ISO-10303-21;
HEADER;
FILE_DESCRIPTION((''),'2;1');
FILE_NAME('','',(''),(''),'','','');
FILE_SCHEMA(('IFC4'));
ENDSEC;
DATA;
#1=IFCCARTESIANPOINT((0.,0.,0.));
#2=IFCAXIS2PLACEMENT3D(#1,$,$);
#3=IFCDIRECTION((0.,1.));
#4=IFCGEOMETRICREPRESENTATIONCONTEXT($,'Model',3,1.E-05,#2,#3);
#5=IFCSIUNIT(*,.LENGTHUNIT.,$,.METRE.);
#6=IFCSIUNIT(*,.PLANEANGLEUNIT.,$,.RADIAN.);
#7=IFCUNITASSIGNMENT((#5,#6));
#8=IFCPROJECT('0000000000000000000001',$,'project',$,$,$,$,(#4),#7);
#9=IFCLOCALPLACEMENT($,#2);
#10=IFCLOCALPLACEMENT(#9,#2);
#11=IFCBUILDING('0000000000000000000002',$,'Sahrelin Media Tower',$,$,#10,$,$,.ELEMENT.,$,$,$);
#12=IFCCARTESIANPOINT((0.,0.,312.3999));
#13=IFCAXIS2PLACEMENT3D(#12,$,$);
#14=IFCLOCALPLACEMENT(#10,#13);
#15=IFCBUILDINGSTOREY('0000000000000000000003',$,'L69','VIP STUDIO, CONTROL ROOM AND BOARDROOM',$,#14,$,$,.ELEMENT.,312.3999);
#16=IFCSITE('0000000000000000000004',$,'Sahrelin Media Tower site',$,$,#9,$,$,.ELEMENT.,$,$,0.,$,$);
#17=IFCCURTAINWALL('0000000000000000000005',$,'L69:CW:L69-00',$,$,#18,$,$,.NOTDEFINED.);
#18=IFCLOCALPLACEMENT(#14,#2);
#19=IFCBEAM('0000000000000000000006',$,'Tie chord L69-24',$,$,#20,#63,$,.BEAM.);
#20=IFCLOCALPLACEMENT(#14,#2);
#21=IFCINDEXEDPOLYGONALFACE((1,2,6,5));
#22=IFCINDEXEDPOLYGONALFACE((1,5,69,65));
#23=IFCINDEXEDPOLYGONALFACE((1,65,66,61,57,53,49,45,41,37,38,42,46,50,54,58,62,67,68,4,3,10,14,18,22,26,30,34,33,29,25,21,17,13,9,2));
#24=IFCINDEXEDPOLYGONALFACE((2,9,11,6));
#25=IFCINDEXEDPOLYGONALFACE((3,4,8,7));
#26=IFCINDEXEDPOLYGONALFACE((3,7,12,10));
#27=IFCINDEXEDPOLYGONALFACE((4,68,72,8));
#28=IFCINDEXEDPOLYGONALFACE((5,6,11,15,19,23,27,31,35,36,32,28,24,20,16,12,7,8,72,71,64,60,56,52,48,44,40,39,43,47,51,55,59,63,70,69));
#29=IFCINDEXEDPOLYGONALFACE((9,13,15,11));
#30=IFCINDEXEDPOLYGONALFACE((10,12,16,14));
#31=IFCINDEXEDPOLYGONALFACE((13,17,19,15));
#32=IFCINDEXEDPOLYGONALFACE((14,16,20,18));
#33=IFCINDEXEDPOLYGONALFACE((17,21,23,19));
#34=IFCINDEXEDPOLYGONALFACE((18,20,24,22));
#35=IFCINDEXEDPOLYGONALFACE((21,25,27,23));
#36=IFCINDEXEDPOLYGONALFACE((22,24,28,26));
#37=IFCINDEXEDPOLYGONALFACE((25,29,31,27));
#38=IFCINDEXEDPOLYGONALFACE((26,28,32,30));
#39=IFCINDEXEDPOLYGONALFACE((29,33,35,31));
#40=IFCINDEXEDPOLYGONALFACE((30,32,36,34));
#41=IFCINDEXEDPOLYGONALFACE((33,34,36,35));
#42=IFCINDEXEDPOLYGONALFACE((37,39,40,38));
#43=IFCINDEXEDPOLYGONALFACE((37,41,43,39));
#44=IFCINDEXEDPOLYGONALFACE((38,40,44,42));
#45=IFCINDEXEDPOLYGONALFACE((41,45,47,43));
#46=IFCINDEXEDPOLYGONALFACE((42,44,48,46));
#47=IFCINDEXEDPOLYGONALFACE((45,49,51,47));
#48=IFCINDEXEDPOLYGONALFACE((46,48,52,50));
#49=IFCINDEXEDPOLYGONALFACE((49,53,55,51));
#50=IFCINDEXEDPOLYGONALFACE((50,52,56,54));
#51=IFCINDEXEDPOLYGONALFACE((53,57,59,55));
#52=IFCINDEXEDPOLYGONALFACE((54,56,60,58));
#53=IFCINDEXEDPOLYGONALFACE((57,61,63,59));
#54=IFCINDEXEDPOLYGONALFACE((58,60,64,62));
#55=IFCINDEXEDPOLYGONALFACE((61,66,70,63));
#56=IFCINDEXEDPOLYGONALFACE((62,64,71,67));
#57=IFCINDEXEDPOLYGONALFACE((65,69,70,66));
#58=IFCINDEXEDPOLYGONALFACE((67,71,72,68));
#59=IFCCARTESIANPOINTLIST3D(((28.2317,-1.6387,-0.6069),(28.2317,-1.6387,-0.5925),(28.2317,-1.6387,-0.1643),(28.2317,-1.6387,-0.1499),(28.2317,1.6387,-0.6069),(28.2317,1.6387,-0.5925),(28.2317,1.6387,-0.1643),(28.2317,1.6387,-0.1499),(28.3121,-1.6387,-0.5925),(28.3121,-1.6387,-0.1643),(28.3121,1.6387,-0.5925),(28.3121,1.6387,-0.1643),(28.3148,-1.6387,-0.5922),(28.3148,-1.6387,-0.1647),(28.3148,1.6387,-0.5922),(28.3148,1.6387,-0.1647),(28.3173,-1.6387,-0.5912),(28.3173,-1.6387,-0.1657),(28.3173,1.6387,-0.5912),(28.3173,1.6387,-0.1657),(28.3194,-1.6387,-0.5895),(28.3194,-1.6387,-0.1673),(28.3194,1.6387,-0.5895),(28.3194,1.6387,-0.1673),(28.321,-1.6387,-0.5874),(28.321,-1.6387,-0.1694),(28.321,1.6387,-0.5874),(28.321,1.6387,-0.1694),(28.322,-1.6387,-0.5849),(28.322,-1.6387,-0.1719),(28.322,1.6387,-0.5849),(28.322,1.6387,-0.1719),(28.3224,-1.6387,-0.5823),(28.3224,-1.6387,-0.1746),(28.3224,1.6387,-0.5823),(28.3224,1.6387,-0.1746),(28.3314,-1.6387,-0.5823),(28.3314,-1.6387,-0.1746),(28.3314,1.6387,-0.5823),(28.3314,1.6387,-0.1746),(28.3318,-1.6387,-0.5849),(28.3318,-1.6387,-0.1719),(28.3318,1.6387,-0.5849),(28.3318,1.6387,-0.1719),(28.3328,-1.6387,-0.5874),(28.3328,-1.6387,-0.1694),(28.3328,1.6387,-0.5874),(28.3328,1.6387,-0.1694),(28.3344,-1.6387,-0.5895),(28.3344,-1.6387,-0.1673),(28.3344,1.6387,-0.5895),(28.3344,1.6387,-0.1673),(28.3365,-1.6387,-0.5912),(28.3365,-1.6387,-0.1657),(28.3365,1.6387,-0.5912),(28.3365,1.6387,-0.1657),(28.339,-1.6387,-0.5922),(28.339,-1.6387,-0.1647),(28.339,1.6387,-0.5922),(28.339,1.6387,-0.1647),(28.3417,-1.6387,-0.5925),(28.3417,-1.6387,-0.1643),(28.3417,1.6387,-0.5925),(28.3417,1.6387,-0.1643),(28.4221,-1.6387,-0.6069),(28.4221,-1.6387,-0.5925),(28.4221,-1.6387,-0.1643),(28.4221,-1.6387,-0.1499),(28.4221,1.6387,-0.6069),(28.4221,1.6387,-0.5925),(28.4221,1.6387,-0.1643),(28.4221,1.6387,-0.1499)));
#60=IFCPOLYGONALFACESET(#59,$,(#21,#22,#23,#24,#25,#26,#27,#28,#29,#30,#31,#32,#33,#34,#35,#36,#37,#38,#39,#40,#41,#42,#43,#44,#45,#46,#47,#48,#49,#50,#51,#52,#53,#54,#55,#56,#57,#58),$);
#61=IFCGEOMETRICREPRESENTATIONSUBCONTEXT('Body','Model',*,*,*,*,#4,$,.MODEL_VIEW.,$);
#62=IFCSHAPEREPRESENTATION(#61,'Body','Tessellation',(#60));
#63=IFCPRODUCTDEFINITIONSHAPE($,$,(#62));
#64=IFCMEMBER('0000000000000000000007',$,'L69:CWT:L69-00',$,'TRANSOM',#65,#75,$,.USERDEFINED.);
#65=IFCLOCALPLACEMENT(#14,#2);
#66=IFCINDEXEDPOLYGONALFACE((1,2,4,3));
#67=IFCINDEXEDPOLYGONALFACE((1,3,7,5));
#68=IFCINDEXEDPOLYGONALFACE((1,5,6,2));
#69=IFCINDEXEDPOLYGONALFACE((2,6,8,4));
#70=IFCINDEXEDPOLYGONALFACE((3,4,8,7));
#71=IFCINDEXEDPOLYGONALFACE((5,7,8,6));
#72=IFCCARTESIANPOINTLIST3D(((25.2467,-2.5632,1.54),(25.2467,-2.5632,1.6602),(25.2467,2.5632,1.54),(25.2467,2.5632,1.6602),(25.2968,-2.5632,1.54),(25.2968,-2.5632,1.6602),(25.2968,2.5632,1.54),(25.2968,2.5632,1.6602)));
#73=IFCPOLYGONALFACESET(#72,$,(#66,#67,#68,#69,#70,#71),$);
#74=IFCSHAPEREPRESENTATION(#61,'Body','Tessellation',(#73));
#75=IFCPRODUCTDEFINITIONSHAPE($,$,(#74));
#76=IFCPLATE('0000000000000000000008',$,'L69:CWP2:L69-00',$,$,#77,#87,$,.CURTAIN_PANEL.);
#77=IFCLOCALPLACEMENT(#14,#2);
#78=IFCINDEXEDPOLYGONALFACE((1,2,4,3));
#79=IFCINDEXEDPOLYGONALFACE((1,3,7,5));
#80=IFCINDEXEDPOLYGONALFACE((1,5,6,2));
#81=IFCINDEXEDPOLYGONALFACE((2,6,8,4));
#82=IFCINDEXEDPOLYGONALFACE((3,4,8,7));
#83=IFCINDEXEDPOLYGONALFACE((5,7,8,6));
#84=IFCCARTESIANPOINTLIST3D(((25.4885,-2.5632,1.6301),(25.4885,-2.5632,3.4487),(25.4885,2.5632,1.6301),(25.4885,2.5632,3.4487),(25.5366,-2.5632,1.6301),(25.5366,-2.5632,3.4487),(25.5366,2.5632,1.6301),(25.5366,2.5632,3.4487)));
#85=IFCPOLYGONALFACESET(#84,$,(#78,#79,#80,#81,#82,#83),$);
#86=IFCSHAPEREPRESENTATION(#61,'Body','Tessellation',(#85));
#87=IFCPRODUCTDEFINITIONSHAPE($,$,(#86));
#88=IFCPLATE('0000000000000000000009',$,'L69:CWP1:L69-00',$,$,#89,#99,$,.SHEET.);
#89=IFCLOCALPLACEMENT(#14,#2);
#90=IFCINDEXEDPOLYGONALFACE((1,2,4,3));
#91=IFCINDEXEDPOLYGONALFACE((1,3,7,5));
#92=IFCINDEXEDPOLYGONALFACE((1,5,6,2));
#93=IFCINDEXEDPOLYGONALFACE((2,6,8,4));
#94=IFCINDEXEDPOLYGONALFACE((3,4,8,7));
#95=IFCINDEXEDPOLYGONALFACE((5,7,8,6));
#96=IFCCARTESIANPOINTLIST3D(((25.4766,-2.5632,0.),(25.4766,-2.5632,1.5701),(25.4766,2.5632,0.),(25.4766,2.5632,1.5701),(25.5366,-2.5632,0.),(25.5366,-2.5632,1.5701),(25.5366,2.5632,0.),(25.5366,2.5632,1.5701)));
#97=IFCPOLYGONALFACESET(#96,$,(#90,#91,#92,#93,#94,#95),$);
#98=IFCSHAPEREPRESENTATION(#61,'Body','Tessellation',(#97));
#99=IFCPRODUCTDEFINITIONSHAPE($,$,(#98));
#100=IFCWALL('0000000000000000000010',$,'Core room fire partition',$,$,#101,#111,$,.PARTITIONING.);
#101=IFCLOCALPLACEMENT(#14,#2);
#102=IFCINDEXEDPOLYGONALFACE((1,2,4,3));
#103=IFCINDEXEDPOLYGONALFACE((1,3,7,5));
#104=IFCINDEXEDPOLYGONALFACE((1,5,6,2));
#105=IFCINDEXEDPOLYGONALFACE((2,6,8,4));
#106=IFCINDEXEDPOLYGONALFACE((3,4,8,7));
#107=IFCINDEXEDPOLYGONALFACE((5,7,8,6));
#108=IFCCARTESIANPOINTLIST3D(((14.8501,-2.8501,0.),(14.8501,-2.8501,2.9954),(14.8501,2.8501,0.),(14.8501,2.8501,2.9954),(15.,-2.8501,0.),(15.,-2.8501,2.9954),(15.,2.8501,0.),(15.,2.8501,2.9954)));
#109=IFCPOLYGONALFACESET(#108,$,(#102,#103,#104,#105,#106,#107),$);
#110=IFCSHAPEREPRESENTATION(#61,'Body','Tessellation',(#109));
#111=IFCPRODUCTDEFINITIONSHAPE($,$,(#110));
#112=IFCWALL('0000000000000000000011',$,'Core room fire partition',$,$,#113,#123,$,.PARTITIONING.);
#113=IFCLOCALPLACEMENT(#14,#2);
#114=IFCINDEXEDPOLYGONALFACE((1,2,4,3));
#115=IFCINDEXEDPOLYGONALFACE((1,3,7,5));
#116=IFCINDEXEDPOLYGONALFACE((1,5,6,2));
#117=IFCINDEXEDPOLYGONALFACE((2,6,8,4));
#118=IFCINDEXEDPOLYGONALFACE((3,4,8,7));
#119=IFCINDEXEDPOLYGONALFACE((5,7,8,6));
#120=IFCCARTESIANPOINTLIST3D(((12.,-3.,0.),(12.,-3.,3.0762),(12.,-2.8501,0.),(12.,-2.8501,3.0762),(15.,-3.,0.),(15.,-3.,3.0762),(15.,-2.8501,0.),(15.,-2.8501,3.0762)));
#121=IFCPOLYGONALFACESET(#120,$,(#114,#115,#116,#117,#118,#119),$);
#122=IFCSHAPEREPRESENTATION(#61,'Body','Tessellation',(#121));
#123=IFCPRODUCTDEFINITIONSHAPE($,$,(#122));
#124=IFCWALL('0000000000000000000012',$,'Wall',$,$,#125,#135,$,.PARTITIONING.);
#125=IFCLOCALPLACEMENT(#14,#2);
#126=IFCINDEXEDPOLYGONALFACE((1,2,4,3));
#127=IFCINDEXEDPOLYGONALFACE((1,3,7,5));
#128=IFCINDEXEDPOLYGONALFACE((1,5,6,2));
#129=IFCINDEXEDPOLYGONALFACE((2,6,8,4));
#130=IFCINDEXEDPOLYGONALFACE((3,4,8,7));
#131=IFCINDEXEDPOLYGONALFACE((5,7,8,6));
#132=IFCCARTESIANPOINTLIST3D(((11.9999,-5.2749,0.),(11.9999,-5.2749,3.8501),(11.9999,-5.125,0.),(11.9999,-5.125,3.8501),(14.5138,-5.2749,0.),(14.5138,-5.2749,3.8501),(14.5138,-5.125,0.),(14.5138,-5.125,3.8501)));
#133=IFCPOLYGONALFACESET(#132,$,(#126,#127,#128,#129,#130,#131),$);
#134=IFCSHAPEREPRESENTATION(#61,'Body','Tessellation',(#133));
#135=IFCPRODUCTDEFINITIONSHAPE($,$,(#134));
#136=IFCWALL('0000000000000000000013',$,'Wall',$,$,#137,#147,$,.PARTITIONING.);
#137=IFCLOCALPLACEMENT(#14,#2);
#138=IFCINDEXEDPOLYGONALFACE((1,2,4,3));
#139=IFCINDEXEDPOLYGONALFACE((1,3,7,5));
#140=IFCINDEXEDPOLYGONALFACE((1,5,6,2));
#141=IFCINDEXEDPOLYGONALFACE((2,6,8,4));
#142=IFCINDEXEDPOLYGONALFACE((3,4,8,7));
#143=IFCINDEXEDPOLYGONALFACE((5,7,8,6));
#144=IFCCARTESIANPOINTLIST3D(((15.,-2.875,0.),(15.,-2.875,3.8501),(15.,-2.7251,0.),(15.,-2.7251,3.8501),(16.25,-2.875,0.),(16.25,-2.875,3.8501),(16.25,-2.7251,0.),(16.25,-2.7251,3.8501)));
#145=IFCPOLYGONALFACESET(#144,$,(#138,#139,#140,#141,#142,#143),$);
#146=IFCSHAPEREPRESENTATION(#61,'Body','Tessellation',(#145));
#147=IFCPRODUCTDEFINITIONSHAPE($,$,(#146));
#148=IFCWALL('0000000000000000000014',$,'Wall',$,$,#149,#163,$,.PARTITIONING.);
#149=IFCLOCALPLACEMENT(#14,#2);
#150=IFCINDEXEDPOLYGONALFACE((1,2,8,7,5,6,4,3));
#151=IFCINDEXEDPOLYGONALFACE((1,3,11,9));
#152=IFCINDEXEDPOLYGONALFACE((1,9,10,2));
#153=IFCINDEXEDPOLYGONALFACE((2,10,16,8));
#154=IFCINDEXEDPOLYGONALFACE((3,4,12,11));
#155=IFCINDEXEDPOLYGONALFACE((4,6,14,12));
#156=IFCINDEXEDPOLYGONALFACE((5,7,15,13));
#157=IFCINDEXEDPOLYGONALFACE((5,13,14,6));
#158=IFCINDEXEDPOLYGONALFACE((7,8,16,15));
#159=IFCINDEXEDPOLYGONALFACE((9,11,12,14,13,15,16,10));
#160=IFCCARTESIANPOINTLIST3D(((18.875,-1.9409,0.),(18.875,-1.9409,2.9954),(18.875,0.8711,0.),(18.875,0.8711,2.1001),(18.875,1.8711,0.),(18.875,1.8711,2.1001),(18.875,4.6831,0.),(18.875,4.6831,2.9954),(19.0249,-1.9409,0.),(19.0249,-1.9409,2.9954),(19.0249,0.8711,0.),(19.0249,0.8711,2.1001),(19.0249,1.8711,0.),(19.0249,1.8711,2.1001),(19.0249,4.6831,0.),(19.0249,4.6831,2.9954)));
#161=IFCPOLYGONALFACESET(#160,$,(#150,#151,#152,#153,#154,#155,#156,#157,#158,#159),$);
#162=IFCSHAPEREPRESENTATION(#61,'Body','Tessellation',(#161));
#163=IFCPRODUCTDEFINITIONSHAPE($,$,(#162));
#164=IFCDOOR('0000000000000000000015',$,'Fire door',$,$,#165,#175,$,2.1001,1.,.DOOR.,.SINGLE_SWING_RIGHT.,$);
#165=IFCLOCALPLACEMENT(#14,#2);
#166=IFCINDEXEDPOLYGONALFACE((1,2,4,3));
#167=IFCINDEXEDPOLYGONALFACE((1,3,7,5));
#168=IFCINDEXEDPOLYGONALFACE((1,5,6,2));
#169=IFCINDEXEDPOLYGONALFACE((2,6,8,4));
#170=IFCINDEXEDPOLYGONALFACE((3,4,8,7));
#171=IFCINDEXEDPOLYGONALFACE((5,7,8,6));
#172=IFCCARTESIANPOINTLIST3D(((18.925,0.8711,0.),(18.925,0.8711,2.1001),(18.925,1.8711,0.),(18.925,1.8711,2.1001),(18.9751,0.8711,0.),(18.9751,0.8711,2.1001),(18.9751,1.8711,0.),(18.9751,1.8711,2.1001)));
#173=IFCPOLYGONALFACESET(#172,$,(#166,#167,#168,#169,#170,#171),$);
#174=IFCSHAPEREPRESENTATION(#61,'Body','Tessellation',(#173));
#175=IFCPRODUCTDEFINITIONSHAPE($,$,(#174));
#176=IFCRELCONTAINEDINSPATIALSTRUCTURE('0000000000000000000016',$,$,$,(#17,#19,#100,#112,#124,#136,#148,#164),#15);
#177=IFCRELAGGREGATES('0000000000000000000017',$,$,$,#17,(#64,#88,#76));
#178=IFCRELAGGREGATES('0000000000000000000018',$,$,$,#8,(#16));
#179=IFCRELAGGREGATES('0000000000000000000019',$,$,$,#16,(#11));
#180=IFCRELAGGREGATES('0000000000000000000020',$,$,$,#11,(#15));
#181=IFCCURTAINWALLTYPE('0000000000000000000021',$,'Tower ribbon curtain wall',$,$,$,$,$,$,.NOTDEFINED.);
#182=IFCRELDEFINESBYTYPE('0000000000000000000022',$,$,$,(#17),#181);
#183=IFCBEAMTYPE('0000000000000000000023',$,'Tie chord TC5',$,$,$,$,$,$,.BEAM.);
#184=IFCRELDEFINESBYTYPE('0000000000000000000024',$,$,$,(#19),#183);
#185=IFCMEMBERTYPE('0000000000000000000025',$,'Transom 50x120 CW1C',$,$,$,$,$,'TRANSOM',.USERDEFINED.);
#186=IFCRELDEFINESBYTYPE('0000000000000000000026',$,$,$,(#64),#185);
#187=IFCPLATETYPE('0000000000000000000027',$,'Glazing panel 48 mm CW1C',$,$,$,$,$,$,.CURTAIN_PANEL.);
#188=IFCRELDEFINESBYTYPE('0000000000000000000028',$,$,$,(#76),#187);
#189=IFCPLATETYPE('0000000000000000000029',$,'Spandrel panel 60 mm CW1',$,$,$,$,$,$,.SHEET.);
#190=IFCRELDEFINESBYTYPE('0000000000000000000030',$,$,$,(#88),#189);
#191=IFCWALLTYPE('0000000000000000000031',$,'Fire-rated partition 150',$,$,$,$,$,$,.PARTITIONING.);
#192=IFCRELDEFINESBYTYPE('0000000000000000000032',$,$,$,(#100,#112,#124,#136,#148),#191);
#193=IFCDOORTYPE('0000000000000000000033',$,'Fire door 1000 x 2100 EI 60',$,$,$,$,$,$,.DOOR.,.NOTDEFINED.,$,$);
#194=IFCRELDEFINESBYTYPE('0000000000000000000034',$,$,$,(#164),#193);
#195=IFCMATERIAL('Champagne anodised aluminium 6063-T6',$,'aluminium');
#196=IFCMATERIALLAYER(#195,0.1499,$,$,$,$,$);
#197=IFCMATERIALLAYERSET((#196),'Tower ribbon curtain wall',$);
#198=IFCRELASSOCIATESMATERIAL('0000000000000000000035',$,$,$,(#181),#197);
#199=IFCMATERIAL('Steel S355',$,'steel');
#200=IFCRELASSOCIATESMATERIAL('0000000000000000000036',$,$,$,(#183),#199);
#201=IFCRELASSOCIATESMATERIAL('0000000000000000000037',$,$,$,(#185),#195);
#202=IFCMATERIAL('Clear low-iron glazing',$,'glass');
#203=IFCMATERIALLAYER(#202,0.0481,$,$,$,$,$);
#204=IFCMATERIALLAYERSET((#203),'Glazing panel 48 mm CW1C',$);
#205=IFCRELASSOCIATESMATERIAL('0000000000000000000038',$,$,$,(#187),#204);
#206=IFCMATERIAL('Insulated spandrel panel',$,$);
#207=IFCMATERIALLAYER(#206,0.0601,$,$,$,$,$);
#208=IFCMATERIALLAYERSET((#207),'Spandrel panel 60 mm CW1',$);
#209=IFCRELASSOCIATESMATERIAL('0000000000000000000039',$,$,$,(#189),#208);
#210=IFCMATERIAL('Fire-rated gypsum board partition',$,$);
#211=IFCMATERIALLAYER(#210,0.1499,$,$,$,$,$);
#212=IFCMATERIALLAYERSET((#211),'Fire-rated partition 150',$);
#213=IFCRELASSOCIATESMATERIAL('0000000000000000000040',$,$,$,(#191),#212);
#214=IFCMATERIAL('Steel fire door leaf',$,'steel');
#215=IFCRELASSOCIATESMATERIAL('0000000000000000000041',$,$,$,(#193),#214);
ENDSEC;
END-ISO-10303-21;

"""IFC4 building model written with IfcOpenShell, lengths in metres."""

from ifc_helpers import new_model, si_unit, direction, frame, frame_2d, origin, origin_2d, place, context, subcontext, project, spatial, polyline, rectangle, i_section, outline, extrude, material, layer, layer_set, material_profile, profile_set, type_object, element, fill, aggregate, save


model = new_model("IFC4")

# Units and contexts
model_context = context("Model", 3, precision=1e-05, world=origin(), true_north=direction((0.0, 1.0)))
body_context = subcontext(model_context, "Body", "Model", "MODEL_VIEW")
ifc_project = project(units=[si_unit("LENGTHUNIT", "METRE"), si_unit("PLANEANGLEUNIT", "RADIAN")], contexts=[model_context])

# Site, building, storey
site_placement = place(None, origin())
site = spatial("IfcSite", under=ifc_project, at=site_placement, Name="Sahrelin Media Tower site", CompositionType="ELEMENT", RefElevation=0.0)
building_placement = place(site_placement, origin())
building = spatial("IfcBuilding", under=site, at=building_placement, Name="Sahrelin Media Tower", CompositionType="ELEMENT")
storey_placement = place(building_placement, frame((0.0, 0.0, 312.3999)))
storey = spatial("IfcBuildingStorey", under=building, at=storey_placement, Name="L69", Description="VIP STUDIO, CONTROL ROOM AND BOARDROOM", CompositionType="ELEMENT", Elevation=312.3999)

# Curtain wall
ifc_material_1 = material(Name="Champagne anodised aluminium 6063-T6", Category="aluminium")
ifc_layer_1 = layer(ifc_material_1, 0.1499)
ifc_layer_set_1 = layer_set([ifc_layer_1], Name="Tower ribbon curtain wall")
curtain_wall_type = type_object("IfcCurtainWallType", Name="Tower ribbon curtain wall", PredefinedType="NOTDEFINED", material=ifc_layer_set_1)
curtain_wall_placement = place(storey_placement, frame((25.5166, 0.0, 0.0), z_axis=(0.0, 0.0, 1.0), x_axis=(1.0, 0.0, 0.0)))
curtain_wall = element("IfcCurtainWall", 1, at=curtain_wall_placement, inside=storey, type_object=curtain_wall_type, Name="L69:CW:L69-00", PredefinedType="NOTDEFINED")

# Beam
ifc_material_2 = material(Name="Steel S355", Category="steel")
ifc_material_profile_1 = material_profile(ifc_material_2, i_section(OverallWidth=0.1904, OverallDepth=0.457, WebThickness=0.009, FlangeThickness=0.0144, FilletRadius=0.0103, at=origin_2d()), Name="UB 457x191x74")
ifc_profile_set_1 = profile_set([ifc_material_profile_1], Name="Steel S355")
beam_type_1 = type_object("IfcBeamType", Name="Tie chord TC5", PredefinedType="BEAM", material=ifc_profile_set_1)
beam_1_placement = place(storey_placement, frame((28.3269, -1.6387, -0.3784), z_axis=(0.0, 1.0, 0.0), x_axis=(-1.0, 0.0, 0.0)))
element("IfcBeam", 2, at=beam_1_placement, inside=storey, type_object=beam_type_1, Name="Tie chord L69-24", PredefinedType="BEAM", context=body_context, shape_type="SweptSolid", body=[
    extrude(i_section(OverallWidth=0.1904, OverallDepth=0.457, WebThickness=0.009, FlangeThickness=0.0144, FilletRadius=0.0103, at=origin_2d()), origin(), (0.0, 0.0, 1.0), 3.2773),
])

# Member
ifc_material_profile_2 = material_profile(ifc_material_1, rectangle(XDim=0.05, YDim=0.1201, at=origin_2d()), Name="Transom 50x120")
ifc_profile_set_2 = profile_set([ifc_material_profile_2], Name="Champagne anodised aluminium 6063-T6")
member_type_1 = type_object("IfcMemberType", Name="Transom 50x120 CW1C", ElementType="TRANSOM", PredefinedType="USERDEFINED", material=ifc_profile_set_2)
member_1_placement = place(storey_placement, frame((25.2717, -2.5632, 1.6001), z_axis=(0.0, 1.0, 0.0), x_axis=(-1.0, 0.0, 0.0)))
member_1 = element("IfcMember", 3, at=member_1_placement, type_object=member_type_1, Name="L69:CWT:L69-00", ObjectType="TRANSOM", PredefinedType="USERDEFINED", context=body_context, shape_type="SweptSolid", body=[
    extrude(rectangle(XDim=0.05, YDim=0.1201, at=origin_2d()), origin(), (0.0, 0.0, 1.0), 5.1265),
])

# Plates
ifc_material_3 = material(Name="Clear low-iron glazing", Category="glass")
ifc_layer_2 = layer(ifc_material_3, 0.0481)
ifc_layer_set_2 = layer_set([ifc_layer_2], Name="Glazing panel 48 mm CW1C")
plate_type_1 = type_object("IfcPlateType", Name="Glazing panel 48 mm CW1C", PredefinedType="CURTAIN_PANEL", material=ifc_layer_set_2)
plate_1_placement = place(storey_placement, frame((25.5366, -2.5632, 1.6301), z_axis=(1.0, 0.0, 0.0), x_axis=(0.0, 1.0, 0.0)))
plate_1 = element("IfcPlate", 4, at=plate_1_placement, type_object=plate_type_1, Name="L69:CWP2:L69-00", PredefinedType="CURTAIN_PANEL", context=body_context, shape_type="SweptSolid", body=[
    extrude(outline(polyline([(0.0, 0.0), (5.1265, 0.0), (5.1265, 1.8186), (0.0, 1.8186), (0.0, 0.0)])), origin(), (0.0, 0.0, -1.0), 0.0481),
])
ifc_material_4 = material(Name="Insulated spandrel panel")
ifc_layer_3 = layer(ifc_material_4, 0.0601)
ifc_layer_set_3 = layer_set([ifc_layer_3], Name="Spandrel panel 60 mm CW1")
plate_type_2 = type_object("IfcPlateType", Name="Spandrel panel 60 mm CW1", PredefinedType="SHEET", material=ifc_layer_set_3)
plate_2_placement = place(storey_placement, frame((25.5366, -2.5632, 0.0), z_axis=(1.0, 0.0, 0.0), x_axis=(0.0, 1.0, 0.0)))
plate_2 = element("IfcPlate", 5, at=plate_2_placement, type_object=plate_type_2, Name="L69:CWP1:L69-00", PredefinedType="SHEET", context=body_context, shape_type="SweptSolid", body=[
    extrude(outline(polyline([(0.0, 0.0), (5.1265, 0.0), (5.1265, 1.5701), (0.0, 1.5701), (0.0, 0.0)])), origin(), (0.0, 0.0, -1.0), 0.0601),
])
aggregate(curtain_wall, [member_1, plate_2, plate_1])

# Walls
ifc_material_5 = material(Name="Fire-rated gypsum board partition")
ifc_layer_4 = layer(ifc_material_5, 0.1499)
ifc_layer_set_4 = layer_set([ifc_layer_4], Name="Fire-rated partition 150")
wall_type_1 = type_object("IfcWallType", Name="Fire-rated partition 150", PredefinedType="PARTITIONING", material=ifc_layer_set_4)
wall_1_placement = place(storey_placement, frame((14.925, -2.8501, 0.0), z_axis=(0.0, 0.0, 1.0), x_axis=(0.0, 1.0, 0.0)))
element("IfcWall", 6, at=wall_1_placement, inside=storey, type_object=wall_type_1, Name="Core room fire partition", PredefinedType="PARTITIONING", context=body_context, shape_type="SweptSolid", body=[
    extrude(rectangle(XDim=5.7002, YDim=0.1499, at=frame_2d((2.8501, 0.0))), origin(), (0.0, 0.0, 1.0), 2.9954),
])
wall_2_placement = place(storey_placement, frame((12.0, -2.925, 0.0), z_axis=(0.0, 0.0, 1.0), x_axis=(1.0, 0.0, 0.0)))
element("IfcWall", 7, at=wall_2_placement, inside=storey, type_object=wall_type_1, Name="Core room fire partition", PredefinedType="PARTITIONING", context=body_context, shape_type="SweptSolid", body=[
    extrude(rectangle(XDim=3.0, YDim=0.1499, at=frame_2d((1.5, 0.0))), origin(), (0.0, 0.0, 1.0), 3.0762),
])
wall_3_placement = place(storey_placement, frame((12.0, -5.2, 0.0), z_axis=(0.0, 0.0, 1.0), x_axis=(1.0, 0.0, 0.0)))
element("IfcWall", 8, at=wall_3_placement, inside=storey, type_object=wall_type_1, Name="Wall", PredefinedType="PARTITIONING", context=body_context, shape_type="SweptSolid", body=[
    extrude(rectangle(XDim=2.5139, YDim=0.1499, at=frame_2d((1.2568, 0.0))), origin(), (0.0, 0.0, 1.0), 3.8501),
])
wall_4_placement = place(storey_placement, frame((15.0, -2.8, 0.0), z_axis=(0.0, 0.0, 1.0), x_axis=(1.0, 0.0, 0.0)))
element("IfcWall", 9, at=wall_4_placement, inside=storey, type_object=wall_type_1, Name="Wall", PredefinedType="PARTITIONING", context=body_context, shape_type="SweptSolid", body=[
    extrude(rectangle(XDim=1.25, YDim=0.1499, at=frame_2d((0.625, 0.0))), origin(), (0.0, 0.0, 1.0), 3.8501),
])

# Wall, opening, door
wall_5_placement = place(storey_placement, frame((18.95, -1.9409, 0.0), z_axis=(0.0, 0.0, 1.0), x_axis=(0.0, 1.0, 0.0)))
wall_5 = element("IfcWall", 10, at=wall_5_placement, inside=storey, type_object=wall_type_1, Name="Wall", PredefinedType="PARTITIONING", context=body_context, shape_type="SweptSolid", body=[
    extrude(rectangle(XDim=6.624, YDim=0.1499, at=frame_2d((3.312, 0.0))), origin(), (0.0, 0.0, 1.0), 2.9954),
])
opening_1_placement = place(wall_5_placement, frame((2.812, 0.0, 0.0)))
opening_1 = element("IfcOpeningElement", 11, at=opening_1_placement, cuts=wall_5, PredefinedType="OPENING", context=body_context, shape_type="SweptSolid", body=[
    extrude(rectangle(XDim=1.0, YDim=2.1001, at=frame_2d((0.5, 1.05))), frame((0.0, 0.075, 0.0), z_axis=(0.0, -1.0, 0.0), x_axis=(1.0, 0.0, 0.0)), (0.0, 0.0, 1.0), 0.1499),
])
ifc_material_6 = material(Name="Steel fire door leaf", Category="steel")
door_type = type_object("IfcDoorType", Name="Fire door 1000 x 2100 EI 60", OperationType="NOTDEFINED", PredefinedType="DOOR", material=ifc_material_6)
door_1_placement = place(opening_1_placement, origin())
door_1 = element("IfcDoor", 12, at=door_1_placement, inside=storey, type_object=door_type, Name="Fire door", OperationType="SINGLE_SWING_RIGHT", OverallHeight=2.1001, OverallWidth=1.0, PredefinedType="DOOR", context=body_context, shape_type="SweptSolid", body=[
    extrude(rectangle(XDim=1.0, YDim=2.1001, at=frame_2d((0.5, 1.05))), frame((0.0, 0.0249, 0.0), z_axis=(0.0, -1.0, 0.0), x_axis=(1.0, 0.0, 0.0)), (0.0, 0.0, 1.0), 0.05),
])
fill(opening_1, door_1)

save(model, "model.ifc")
